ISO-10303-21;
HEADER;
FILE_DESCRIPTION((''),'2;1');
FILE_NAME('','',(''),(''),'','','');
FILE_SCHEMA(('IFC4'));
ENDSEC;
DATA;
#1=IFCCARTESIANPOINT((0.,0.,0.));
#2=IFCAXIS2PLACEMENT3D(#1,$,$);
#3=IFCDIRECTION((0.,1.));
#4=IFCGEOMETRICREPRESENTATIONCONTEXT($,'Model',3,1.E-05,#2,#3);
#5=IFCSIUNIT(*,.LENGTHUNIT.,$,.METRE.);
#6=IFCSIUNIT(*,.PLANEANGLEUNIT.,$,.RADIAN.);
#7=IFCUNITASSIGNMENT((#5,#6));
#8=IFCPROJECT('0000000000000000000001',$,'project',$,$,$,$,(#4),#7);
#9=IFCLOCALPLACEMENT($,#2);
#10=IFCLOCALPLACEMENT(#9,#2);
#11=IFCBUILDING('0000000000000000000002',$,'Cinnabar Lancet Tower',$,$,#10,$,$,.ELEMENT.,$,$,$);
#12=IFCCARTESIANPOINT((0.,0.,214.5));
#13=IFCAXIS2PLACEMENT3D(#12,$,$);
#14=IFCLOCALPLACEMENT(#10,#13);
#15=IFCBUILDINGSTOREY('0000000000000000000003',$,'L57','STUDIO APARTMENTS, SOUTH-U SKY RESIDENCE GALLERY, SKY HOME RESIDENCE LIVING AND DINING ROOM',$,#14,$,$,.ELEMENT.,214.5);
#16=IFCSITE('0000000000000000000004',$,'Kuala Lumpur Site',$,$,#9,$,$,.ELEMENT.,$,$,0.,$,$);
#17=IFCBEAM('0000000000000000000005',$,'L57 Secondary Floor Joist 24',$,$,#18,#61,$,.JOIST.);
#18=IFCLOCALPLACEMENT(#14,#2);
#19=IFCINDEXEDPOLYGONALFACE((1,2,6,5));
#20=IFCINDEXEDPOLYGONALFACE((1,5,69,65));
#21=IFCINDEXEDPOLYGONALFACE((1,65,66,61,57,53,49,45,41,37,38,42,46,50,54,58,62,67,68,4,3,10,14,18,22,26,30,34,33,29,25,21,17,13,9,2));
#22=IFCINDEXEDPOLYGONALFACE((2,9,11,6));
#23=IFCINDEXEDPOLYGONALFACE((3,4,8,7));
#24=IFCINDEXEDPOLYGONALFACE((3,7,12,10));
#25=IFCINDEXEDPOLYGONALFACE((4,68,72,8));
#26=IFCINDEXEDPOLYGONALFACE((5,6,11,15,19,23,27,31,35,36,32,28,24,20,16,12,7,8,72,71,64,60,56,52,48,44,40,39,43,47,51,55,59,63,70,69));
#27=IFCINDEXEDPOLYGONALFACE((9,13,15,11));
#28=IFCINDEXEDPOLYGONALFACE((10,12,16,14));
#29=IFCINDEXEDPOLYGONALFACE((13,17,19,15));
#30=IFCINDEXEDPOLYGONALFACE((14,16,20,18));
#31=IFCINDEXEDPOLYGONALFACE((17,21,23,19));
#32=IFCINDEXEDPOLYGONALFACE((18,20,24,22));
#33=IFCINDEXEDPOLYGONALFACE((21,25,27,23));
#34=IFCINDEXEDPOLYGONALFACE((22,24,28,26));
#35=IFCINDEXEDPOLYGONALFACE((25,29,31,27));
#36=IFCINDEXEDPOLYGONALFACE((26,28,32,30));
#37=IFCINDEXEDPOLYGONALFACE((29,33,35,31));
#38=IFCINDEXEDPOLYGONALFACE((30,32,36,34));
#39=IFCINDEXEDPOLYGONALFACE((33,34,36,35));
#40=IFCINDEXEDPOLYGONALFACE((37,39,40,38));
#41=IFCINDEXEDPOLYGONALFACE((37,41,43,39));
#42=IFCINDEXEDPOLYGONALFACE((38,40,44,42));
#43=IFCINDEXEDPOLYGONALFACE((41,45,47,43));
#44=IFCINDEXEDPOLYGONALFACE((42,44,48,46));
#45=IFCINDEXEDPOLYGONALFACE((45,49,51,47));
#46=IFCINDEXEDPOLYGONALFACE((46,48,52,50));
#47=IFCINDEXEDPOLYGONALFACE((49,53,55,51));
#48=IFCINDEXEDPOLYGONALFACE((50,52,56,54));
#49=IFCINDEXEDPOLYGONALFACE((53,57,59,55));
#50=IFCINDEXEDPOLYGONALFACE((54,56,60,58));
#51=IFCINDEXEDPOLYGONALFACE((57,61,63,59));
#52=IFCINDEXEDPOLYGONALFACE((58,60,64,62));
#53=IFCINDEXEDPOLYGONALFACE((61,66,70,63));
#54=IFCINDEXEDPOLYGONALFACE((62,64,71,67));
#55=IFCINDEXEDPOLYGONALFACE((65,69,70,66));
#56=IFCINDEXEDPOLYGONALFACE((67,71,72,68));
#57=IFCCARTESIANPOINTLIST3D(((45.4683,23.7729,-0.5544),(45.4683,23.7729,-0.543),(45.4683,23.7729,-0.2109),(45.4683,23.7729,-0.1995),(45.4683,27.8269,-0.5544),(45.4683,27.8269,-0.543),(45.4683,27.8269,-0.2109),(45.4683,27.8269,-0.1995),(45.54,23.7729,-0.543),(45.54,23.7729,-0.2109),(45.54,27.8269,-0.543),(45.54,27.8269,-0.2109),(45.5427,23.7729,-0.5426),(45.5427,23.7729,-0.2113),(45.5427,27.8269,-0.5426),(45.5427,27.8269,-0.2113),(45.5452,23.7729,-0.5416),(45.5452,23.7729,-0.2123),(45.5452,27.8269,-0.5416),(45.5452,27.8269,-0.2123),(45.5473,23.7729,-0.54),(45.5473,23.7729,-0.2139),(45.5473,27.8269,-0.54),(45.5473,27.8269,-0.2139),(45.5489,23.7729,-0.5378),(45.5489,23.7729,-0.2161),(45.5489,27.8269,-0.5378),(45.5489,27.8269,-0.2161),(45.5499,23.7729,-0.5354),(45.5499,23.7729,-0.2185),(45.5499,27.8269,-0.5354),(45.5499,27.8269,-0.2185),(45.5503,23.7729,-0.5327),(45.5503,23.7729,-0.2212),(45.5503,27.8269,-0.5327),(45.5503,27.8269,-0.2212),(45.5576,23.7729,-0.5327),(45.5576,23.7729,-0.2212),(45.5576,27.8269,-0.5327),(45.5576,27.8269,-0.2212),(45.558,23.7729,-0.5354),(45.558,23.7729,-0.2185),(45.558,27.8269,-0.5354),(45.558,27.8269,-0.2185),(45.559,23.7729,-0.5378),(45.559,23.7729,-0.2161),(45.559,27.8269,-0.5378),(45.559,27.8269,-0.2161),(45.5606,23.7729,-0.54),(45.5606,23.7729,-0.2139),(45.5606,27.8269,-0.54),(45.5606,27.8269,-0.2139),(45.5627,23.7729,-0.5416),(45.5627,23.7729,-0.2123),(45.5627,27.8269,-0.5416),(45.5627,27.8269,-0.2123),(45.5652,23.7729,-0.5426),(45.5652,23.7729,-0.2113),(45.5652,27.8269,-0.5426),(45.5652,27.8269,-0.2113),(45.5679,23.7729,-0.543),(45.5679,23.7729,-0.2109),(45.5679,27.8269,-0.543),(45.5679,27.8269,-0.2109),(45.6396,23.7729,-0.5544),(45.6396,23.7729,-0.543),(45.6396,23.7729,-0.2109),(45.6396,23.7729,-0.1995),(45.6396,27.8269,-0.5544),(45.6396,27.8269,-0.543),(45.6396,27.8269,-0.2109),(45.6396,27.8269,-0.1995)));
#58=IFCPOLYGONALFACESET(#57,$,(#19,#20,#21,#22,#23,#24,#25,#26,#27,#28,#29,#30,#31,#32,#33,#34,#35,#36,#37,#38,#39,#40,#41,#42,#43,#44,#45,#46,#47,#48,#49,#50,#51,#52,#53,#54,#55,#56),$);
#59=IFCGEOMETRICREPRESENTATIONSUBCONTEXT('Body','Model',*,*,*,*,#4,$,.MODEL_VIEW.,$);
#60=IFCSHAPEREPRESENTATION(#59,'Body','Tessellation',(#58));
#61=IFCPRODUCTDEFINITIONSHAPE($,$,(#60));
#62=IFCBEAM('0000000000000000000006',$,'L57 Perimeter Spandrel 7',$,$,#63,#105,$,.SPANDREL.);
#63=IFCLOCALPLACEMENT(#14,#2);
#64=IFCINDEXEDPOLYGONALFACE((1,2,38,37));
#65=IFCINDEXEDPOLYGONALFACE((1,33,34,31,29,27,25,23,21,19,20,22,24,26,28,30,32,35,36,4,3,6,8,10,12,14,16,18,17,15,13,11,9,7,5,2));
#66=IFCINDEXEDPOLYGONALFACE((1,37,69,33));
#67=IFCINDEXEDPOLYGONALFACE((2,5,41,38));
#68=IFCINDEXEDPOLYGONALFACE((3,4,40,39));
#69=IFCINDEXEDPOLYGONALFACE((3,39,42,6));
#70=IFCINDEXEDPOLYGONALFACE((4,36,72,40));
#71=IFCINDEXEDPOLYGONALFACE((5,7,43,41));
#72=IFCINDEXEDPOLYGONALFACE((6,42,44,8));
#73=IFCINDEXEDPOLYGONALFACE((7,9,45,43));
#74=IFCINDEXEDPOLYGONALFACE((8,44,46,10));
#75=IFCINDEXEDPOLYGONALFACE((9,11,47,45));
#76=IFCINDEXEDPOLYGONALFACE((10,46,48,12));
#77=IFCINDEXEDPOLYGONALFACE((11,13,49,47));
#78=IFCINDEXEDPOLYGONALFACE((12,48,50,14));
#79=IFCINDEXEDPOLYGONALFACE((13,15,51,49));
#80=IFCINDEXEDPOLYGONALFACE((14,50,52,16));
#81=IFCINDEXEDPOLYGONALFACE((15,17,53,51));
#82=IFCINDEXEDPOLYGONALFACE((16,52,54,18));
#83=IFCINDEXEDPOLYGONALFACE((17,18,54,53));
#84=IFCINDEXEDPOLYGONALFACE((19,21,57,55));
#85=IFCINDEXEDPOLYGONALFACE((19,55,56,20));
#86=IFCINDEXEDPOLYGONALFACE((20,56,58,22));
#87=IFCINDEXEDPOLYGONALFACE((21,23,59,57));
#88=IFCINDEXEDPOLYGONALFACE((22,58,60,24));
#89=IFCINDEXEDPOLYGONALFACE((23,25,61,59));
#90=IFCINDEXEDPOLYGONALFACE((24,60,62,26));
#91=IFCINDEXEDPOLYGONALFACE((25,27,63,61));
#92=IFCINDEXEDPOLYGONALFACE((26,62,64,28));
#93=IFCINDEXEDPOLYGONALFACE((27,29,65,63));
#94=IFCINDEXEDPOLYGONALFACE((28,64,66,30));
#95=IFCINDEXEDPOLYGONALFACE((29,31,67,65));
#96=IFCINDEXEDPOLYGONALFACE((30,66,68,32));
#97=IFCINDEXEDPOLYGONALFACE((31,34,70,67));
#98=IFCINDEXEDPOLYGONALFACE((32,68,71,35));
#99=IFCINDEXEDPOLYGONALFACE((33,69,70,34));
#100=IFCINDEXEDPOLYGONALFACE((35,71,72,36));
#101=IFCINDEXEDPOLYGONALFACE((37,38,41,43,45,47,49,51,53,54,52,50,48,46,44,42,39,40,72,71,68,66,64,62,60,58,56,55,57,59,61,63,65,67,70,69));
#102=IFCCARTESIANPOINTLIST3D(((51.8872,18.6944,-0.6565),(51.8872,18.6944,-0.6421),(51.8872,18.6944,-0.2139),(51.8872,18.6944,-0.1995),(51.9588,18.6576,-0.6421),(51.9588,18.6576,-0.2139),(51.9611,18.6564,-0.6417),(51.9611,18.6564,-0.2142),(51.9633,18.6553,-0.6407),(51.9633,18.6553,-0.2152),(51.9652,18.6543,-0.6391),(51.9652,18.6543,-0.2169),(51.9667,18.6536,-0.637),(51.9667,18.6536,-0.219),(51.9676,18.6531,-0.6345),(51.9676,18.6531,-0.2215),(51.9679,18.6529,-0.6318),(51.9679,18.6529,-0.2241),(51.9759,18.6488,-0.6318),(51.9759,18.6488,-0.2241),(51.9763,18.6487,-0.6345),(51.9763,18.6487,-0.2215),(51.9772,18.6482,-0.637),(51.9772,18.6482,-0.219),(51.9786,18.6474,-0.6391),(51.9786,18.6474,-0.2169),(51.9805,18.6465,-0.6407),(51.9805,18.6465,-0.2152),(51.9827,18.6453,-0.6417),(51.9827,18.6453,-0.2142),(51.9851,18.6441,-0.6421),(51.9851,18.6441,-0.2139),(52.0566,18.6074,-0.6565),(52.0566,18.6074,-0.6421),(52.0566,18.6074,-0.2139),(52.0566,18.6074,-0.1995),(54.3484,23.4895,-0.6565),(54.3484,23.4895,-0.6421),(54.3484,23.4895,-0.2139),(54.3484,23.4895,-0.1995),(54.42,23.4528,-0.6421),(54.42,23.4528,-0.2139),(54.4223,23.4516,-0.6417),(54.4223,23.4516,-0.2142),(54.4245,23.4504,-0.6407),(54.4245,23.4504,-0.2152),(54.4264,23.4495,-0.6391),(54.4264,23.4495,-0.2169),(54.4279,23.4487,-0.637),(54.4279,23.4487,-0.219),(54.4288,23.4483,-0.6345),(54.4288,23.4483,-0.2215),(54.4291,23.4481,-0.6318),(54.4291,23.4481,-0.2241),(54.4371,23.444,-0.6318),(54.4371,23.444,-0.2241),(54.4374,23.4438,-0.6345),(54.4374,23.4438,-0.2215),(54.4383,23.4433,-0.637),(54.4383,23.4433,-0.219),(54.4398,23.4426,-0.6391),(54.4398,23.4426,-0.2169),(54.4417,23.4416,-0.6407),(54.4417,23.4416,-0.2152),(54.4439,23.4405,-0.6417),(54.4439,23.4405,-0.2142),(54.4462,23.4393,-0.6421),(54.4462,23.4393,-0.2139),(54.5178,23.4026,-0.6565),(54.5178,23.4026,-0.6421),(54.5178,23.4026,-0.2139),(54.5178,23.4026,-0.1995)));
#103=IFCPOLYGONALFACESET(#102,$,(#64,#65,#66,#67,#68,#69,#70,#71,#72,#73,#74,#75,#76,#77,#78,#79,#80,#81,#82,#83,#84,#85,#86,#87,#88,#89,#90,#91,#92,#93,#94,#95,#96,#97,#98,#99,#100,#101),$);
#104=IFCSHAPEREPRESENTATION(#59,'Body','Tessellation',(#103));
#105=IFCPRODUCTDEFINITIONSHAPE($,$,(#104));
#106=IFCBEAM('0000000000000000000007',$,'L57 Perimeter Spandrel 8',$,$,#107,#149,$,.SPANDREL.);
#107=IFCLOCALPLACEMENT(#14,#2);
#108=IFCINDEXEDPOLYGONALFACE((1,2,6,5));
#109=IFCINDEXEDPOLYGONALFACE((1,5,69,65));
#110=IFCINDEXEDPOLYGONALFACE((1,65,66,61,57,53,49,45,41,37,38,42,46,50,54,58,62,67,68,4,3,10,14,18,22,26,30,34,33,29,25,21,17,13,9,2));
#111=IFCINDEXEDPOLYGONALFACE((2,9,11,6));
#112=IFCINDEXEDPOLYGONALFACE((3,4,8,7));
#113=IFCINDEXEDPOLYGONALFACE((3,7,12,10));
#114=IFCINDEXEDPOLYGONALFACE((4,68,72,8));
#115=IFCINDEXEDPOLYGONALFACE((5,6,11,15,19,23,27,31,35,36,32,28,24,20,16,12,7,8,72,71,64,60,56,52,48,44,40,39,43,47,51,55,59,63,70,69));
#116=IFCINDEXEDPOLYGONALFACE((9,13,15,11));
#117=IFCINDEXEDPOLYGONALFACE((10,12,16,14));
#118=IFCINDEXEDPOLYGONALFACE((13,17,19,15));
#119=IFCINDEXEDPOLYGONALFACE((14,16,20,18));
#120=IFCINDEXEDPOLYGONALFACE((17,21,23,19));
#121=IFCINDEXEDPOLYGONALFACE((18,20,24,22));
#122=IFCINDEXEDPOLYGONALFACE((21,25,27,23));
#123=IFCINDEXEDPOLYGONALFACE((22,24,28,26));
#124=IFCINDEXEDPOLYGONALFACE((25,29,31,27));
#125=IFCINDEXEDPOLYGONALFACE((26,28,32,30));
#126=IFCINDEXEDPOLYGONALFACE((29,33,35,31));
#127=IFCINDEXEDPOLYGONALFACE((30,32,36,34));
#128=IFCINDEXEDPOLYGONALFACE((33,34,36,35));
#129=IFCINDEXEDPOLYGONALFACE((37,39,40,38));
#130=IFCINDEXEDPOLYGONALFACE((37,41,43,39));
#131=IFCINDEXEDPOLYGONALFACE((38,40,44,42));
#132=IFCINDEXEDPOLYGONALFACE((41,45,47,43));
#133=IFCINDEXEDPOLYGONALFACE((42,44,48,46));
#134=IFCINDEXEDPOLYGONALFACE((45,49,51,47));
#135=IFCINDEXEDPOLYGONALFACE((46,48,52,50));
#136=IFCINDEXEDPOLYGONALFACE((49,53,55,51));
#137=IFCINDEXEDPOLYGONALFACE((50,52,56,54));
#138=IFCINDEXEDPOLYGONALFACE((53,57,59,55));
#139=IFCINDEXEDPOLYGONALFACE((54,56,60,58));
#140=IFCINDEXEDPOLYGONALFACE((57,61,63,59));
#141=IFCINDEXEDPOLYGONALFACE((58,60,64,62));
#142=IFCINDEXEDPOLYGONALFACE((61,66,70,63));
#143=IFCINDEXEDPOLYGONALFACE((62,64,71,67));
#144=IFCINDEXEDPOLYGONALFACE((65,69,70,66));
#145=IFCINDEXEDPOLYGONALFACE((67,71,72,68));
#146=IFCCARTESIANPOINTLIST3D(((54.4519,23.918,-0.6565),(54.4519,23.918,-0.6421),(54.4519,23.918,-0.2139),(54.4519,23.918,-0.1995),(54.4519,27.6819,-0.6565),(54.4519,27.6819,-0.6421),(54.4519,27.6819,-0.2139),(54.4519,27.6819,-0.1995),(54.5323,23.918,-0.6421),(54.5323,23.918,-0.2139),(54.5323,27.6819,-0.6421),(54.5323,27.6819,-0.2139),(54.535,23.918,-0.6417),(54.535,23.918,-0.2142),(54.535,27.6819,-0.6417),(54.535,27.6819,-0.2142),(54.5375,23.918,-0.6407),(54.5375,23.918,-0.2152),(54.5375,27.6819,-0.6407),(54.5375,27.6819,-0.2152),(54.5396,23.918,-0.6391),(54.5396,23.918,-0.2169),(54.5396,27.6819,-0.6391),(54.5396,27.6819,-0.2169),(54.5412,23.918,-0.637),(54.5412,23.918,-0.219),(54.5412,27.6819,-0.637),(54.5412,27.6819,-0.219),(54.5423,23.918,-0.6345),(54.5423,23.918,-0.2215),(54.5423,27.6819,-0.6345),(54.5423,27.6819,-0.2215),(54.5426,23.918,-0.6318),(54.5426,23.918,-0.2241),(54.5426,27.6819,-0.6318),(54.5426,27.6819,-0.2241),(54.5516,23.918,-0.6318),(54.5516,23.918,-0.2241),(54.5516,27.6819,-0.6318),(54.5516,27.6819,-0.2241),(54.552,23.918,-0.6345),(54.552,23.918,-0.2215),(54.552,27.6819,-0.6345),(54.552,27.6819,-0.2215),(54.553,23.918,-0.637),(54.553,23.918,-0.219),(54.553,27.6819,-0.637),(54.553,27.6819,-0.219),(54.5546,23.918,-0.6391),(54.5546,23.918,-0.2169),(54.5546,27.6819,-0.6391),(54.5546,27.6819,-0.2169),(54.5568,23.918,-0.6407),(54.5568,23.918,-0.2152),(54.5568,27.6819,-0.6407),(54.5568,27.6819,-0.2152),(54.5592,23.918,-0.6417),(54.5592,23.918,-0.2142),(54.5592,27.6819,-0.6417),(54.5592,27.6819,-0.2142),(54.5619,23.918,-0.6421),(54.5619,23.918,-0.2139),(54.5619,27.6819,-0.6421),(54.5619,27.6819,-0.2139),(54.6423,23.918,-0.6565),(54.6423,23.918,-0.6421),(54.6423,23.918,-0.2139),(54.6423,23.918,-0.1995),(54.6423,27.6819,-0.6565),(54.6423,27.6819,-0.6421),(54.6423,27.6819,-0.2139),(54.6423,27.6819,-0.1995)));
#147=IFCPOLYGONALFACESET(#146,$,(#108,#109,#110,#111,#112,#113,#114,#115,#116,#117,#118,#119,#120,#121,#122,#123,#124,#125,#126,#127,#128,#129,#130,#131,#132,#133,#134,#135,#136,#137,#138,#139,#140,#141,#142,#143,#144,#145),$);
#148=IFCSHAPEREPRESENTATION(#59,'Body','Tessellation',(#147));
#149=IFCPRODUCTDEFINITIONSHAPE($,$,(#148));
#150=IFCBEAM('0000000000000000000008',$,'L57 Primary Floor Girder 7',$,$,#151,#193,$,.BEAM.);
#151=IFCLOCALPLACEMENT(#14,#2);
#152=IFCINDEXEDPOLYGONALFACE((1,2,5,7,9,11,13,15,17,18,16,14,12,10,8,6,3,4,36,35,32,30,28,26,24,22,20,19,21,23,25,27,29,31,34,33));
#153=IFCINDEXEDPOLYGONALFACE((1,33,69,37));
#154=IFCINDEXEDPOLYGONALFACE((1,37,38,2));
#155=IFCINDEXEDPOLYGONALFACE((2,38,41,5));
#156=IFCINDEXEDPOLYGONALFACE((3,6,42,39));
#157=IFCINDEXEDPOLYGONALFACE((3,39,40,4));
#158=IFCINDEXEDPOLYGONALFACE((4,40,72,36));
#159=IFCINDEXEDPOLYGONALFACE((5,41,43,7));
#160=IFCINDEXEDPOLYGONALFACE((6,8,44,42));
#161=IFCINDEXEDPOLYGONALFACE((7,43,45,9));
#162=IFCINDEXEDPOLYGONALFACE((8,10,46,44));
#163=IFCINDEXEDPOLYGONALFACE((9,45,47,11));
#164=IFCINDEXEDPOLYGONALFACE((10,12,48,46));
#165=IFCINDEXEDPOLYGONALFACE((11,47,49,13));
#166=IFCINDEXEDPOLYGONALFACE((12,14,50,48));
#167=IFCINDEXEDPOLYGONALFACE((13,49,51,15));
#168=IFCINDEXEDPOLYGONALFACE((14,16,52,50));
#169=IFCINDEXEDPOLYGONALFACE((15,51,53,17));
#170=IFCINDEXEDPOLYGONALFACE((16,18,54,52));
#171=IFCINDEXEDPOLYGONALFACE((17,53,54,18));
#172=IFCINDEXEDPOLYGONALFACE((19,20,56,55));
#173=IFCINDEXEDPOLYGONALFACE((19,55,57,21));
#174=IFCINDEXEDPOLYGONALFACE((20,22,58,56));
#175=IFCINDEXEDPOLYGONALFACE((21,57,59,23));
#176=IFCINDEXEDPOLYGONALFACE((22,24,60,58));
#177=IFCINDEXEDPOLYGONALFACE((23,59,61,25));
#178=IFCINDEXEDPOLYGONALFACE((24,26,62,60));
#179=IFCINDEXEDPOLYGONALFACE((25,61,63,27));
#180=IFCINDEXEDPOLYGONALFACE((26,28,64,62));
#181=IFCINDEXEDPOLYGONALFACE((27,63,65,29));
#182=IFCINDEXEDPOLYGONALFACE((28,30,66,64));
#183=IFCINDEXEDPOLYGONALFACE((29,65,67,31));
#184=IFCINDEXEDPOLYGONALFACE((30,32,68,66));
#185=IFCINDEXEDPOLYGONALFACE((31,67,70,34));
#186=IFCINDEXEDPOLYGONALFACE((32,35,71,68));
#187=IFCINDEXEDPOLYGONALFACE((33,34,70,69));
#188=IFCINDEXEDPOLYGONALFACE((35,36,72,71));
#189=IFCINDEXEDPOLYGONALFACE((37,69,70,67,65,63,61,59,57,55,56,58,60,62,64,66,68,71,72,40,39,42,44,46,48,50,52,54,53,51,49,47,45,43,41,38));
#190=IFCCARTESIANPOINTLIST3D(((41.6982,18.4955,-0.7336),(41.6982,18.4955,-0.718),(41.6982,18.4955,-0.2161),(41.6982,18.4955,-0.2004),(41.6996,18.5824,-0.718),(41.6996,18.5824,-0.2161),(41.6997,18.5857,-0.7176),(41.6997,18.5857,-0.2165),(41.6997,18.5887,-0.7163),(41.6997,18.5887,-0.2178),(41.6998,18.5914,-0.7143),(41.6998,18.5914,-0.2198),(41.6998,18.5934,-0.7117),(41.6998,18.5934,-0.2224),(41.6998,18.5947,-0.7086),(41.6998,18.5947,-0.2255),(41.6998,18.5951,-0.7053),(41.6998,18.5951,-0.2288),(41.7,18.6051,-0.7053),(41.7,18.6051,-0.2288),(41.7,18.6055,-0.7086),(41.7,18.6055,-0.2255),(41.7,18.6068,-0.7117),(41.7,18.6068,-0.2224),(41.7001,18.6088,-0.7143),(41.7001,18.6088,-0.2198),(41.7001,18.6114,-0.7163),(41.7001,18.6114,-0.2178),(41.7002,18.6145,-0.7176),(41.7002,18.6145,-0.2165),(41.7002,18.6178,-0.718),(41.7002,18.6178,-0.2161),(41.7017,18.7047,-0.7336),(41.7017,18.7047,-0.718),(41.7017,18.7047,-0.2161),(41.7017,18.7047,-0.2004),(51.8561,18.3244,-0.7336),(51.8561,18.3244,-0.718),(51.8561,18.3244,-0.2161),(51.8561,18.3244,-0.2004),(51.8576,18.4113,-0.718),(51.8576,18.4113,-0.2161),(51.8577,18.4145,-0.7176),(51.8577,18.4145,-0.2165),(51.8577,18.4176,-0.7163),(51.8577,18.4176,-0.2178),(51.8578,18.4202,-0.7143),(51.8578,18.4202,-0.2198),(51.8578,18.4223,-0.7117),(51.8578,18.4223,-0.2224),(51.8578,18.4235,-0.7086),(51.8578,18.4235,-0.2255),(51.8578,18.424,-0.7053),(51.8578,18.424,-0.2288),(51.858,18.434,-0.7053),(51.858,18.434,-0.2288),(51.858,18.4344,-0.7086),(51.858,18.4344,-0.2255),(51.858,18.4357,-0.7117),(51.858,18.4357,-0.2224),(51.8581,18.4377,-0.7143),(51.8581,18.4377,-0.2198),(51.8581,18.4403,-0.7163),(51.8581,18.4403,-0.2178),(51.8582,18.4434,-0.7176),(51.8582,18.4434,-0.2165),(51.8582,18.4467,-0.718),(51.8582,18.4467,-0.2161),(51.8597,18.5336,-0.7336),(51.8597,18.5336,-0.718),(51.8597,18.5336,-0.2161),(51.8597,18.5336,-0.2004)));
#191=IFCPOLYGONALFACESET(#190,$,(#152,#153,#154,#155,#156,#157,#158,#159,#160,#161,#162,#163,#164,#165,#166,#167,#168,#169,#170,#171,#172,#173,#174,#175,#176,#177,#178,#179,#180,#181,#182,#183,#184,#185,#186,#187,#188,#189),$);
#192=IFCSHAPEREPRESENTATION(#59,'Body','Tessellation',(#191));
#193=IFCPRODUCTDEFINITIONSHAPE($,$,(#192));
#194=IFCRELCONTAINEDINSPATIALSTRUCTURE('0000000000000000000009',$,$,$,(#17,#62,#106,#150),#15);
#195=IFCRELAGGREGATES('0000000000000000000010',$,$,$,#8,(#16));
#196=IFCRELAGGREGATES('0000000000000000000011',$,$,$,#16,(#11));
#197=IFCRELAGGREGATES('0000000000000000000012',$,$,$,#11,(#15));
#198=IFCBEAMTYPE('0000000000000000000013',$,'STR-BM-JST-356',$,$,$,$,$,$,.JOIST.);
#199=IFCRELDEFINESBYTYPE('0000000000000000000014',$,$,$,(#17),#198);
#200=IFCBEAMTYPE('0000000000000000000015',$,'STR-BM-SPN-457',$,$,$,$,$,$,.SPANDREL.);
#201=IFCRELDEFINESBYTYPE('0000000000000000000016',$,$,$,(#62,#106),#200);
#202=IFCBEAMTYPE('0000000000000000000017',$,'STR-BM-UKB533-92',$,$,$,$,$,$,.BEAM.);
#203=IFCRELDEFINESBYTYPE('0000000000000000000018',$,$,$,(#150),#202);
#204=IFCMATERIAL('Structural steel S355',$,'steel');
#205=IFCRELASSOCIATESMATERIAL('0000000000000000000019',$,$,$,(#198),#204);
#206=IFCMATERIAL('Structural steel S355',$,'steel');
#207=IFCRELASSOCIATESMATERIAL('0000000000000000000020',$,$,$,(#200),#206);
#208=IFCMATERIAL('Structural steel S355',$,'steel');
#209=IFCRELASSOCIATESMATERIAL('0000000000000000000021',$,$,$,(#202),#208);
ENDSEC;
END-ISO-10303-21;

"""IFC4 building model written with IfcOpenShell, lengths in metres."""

from ifc_helpers import new_model, si_unit, direction, frame, origin, origin_2d, place, context, subcontext, project, spatial, i_section, extrude, material, material_profile, profile_set, type_object, element, save


model = new_model("IFC4")

# Units and contexts
model_context = context("Model", 3, precision=1e-05, world=origin(), true_north=direction((0.0, 1.0)))
body_context = subcontext(model_context, "Body", "Model", "MODEL_VIEW")
ifc_project = project(units=[si_unit("LENGTHUNIT", "METRE"), si_unit("PLANEANGLEUNIT", "RADIAN")], contexts=[model_context])

# Site, building, storey
site_placement = place(None, origin())
site = spatial("IfcSite", under=ifc_project, at=site_placement, Name="Kuala Lumpur Site", CompositionType="ELEMENT", RefElevation=0.0)
building_placement = place(site_placement, origin())
building = spatial("IfcBuilding", under=site, at=building_placement, Name="Cinnabar Lancet Tower", CompositionType="ELEMENT")
storey_placement = place(building_placement, frame((0.0, 0.0, 214.5)))
storey = spatial("IfcBuildingStorey", under=building, at=storey_placement, Name="L57", Description="STUDIO APARTMENTS, SOUTH-U SKY RESIDENCE GALLERY, SKY HOME RESIDENCE LIVING AND DINING ROOM", CompositionType="ELEMENT", Elevation=214.5)

# Beams
ifc_material_1 = material(Name="Structural steel S355", Category="steel")
ifc_material_profile_1 = material_profile(ifc_material_1, i_section(OverallWidth=0.1714, OverallDepth=0.355, WebThickness=0.0073, FlangeThickness=0.0115, FilletRadius=0.0103, at=origin_2d()), Name="UKB 356x171x51")
ifc_profile_set_1 = profile_set([ifc_material_profile_1], Name="Structural steel S355")
beam_type_1 = type_object("IfcBeamType", Name="STR-BM-JST-356", PredefinedType="JOIST", material=ifc_profile_set_1)
for number, where, z_axis, x_axis, name in (
    (1, (45.554, 23.7729, -0.377), (0.0, 1.0, 0.0), (-1.0, 0.0, 0.0), "L57 Secondary Floor Joist 24"),
):
    element("IfcBeam", number, at=place(storey_placement, frame(where, z_axis=z_axis, x_axis=x_axis)), inside=storey, type_object=beam_type_1, Name=name, PredefinedType="JOIST", context=body_context, shape_type="SweptSolid", body=[
        extrude(i_section(OverallWidth=0.1714, OverallDepth=0.355, WebThickness=0.0073, FlangeThickness=0.0115, FilletRadius=0.0103, at=origin_2d()), origin(), (0.0, 0.0, 1.0), 4.054),
    ])
ifc_material_2 = material(Name="Structural steel S355", Category="steel")
ifc_material_profile_2 = material_profile(ifc_material_2, i_section(OverallWidth=0.1904, OverallDepth=0.457, WebThickness=0.009, FlangeThickness=0.0144, FilletRadius=0.0103, at=origin_2d()), Name="UKB 457x191x74")
ifc_profile_set_2 = profile_set([ifc_material_profile_2], Name="Structural steel S355")
beam_type_2 = type_object("IfcBeamType", Name="STR-BM-SPN-457", PredefinedType="SPANDREL", material=ifc_profile_set_2)
beam_1_placement = place(storey_placement, frame((51.9719, 18.6509, -0.428), z_axis=(0.456628, 0.889658, 0.0), x_axis=(-0.889658, 0.456628, 0.0)))
element("IfcBeam", 2, at=beam_1_placement, inside=storey, type_object=beam_type_2, Name="L57 Perimeter Spandrel 7", PredefinedType="SPANDREL", context=body_context, shape_type="SweptSolid", body=[
    extrude(i_section(OverallWidth=0.1904, OverallDepth=0.457, WebThickness=0.009, FlangeThickness=0.0144, FilletRadius=0.0103, at=origin_2d()), origin(), (0.0, 0.0, 1.0), 5.3899),
])
beam_2_placement = place(storey_placement, frame((54.5471, 23.918, -0.428), z_axis=(0.0, 1.0, 0.0), x_axis=(-1.0, 0.0, 0.0)))
element("IfcBeam", 3, at=beam_2_placement, inside=storey, type_object=beam_type_2, Name="L57 Perimeter Spandrel 8", PredefinedType="SPANDREL", context=body_context, shape_type="SweptSolid", body=[
    extrude(i_section(OverallWidth=0.1904, OverallDepth=0.457, WebThickness=0.009, FlangeThickness=0.0144, FilletRadius=0.0103, at=origin_2d()), origin(), (0.0, 0.0, 1.0), 3.7639),
])
ifc_material_3 = material(Name="Structural steel S355", Category="steel")
ifc_material_profile_3 = material_profile(ifc_material_3, i_section(OverallWidth=0.2092, OverallDepth=0.5332, WebThickness=0.01, FlangeThickness=0.0156, FilletRadius=0.0127, at=origin_2d()), Name="UKB 533x210x92")
ifc_profile_set_3 = profile_set([ifc_material_profile_3], Name="Structural steel S355")
beam_type_3 = type_object("IfcBeamType", Name="STR-BM-UKB533-92", PredefinedType="BEAM", material=ifc_profile_set_3)
beam_3_placement = place(storey_placement, frame((51.8579, 18.429, -0.467), z_axis=(-0.999858, 0.016846, 0.0), x_axis=(-0.016846, -0.999858, 0.0)))
element("IfcBeam", 4, at=beam_3_placement, inside=storey, type_object=beam_type_3, Name="L57 Primary Floor Girder 7", PredefinedType="BEAM", context=body_context, shape_type="SweptSolid", body=[
    extrude(i_section(OverallWidth=0.2092, OverallDepth=0.5332, WebThickness=0.01, FlangeThickness=0.0156, FilletRadius=0.0127, at=origin_2d()), origin(), (0.0, 0.0, 1.0), 10.1594),
])

save(model, "model.ifc")
